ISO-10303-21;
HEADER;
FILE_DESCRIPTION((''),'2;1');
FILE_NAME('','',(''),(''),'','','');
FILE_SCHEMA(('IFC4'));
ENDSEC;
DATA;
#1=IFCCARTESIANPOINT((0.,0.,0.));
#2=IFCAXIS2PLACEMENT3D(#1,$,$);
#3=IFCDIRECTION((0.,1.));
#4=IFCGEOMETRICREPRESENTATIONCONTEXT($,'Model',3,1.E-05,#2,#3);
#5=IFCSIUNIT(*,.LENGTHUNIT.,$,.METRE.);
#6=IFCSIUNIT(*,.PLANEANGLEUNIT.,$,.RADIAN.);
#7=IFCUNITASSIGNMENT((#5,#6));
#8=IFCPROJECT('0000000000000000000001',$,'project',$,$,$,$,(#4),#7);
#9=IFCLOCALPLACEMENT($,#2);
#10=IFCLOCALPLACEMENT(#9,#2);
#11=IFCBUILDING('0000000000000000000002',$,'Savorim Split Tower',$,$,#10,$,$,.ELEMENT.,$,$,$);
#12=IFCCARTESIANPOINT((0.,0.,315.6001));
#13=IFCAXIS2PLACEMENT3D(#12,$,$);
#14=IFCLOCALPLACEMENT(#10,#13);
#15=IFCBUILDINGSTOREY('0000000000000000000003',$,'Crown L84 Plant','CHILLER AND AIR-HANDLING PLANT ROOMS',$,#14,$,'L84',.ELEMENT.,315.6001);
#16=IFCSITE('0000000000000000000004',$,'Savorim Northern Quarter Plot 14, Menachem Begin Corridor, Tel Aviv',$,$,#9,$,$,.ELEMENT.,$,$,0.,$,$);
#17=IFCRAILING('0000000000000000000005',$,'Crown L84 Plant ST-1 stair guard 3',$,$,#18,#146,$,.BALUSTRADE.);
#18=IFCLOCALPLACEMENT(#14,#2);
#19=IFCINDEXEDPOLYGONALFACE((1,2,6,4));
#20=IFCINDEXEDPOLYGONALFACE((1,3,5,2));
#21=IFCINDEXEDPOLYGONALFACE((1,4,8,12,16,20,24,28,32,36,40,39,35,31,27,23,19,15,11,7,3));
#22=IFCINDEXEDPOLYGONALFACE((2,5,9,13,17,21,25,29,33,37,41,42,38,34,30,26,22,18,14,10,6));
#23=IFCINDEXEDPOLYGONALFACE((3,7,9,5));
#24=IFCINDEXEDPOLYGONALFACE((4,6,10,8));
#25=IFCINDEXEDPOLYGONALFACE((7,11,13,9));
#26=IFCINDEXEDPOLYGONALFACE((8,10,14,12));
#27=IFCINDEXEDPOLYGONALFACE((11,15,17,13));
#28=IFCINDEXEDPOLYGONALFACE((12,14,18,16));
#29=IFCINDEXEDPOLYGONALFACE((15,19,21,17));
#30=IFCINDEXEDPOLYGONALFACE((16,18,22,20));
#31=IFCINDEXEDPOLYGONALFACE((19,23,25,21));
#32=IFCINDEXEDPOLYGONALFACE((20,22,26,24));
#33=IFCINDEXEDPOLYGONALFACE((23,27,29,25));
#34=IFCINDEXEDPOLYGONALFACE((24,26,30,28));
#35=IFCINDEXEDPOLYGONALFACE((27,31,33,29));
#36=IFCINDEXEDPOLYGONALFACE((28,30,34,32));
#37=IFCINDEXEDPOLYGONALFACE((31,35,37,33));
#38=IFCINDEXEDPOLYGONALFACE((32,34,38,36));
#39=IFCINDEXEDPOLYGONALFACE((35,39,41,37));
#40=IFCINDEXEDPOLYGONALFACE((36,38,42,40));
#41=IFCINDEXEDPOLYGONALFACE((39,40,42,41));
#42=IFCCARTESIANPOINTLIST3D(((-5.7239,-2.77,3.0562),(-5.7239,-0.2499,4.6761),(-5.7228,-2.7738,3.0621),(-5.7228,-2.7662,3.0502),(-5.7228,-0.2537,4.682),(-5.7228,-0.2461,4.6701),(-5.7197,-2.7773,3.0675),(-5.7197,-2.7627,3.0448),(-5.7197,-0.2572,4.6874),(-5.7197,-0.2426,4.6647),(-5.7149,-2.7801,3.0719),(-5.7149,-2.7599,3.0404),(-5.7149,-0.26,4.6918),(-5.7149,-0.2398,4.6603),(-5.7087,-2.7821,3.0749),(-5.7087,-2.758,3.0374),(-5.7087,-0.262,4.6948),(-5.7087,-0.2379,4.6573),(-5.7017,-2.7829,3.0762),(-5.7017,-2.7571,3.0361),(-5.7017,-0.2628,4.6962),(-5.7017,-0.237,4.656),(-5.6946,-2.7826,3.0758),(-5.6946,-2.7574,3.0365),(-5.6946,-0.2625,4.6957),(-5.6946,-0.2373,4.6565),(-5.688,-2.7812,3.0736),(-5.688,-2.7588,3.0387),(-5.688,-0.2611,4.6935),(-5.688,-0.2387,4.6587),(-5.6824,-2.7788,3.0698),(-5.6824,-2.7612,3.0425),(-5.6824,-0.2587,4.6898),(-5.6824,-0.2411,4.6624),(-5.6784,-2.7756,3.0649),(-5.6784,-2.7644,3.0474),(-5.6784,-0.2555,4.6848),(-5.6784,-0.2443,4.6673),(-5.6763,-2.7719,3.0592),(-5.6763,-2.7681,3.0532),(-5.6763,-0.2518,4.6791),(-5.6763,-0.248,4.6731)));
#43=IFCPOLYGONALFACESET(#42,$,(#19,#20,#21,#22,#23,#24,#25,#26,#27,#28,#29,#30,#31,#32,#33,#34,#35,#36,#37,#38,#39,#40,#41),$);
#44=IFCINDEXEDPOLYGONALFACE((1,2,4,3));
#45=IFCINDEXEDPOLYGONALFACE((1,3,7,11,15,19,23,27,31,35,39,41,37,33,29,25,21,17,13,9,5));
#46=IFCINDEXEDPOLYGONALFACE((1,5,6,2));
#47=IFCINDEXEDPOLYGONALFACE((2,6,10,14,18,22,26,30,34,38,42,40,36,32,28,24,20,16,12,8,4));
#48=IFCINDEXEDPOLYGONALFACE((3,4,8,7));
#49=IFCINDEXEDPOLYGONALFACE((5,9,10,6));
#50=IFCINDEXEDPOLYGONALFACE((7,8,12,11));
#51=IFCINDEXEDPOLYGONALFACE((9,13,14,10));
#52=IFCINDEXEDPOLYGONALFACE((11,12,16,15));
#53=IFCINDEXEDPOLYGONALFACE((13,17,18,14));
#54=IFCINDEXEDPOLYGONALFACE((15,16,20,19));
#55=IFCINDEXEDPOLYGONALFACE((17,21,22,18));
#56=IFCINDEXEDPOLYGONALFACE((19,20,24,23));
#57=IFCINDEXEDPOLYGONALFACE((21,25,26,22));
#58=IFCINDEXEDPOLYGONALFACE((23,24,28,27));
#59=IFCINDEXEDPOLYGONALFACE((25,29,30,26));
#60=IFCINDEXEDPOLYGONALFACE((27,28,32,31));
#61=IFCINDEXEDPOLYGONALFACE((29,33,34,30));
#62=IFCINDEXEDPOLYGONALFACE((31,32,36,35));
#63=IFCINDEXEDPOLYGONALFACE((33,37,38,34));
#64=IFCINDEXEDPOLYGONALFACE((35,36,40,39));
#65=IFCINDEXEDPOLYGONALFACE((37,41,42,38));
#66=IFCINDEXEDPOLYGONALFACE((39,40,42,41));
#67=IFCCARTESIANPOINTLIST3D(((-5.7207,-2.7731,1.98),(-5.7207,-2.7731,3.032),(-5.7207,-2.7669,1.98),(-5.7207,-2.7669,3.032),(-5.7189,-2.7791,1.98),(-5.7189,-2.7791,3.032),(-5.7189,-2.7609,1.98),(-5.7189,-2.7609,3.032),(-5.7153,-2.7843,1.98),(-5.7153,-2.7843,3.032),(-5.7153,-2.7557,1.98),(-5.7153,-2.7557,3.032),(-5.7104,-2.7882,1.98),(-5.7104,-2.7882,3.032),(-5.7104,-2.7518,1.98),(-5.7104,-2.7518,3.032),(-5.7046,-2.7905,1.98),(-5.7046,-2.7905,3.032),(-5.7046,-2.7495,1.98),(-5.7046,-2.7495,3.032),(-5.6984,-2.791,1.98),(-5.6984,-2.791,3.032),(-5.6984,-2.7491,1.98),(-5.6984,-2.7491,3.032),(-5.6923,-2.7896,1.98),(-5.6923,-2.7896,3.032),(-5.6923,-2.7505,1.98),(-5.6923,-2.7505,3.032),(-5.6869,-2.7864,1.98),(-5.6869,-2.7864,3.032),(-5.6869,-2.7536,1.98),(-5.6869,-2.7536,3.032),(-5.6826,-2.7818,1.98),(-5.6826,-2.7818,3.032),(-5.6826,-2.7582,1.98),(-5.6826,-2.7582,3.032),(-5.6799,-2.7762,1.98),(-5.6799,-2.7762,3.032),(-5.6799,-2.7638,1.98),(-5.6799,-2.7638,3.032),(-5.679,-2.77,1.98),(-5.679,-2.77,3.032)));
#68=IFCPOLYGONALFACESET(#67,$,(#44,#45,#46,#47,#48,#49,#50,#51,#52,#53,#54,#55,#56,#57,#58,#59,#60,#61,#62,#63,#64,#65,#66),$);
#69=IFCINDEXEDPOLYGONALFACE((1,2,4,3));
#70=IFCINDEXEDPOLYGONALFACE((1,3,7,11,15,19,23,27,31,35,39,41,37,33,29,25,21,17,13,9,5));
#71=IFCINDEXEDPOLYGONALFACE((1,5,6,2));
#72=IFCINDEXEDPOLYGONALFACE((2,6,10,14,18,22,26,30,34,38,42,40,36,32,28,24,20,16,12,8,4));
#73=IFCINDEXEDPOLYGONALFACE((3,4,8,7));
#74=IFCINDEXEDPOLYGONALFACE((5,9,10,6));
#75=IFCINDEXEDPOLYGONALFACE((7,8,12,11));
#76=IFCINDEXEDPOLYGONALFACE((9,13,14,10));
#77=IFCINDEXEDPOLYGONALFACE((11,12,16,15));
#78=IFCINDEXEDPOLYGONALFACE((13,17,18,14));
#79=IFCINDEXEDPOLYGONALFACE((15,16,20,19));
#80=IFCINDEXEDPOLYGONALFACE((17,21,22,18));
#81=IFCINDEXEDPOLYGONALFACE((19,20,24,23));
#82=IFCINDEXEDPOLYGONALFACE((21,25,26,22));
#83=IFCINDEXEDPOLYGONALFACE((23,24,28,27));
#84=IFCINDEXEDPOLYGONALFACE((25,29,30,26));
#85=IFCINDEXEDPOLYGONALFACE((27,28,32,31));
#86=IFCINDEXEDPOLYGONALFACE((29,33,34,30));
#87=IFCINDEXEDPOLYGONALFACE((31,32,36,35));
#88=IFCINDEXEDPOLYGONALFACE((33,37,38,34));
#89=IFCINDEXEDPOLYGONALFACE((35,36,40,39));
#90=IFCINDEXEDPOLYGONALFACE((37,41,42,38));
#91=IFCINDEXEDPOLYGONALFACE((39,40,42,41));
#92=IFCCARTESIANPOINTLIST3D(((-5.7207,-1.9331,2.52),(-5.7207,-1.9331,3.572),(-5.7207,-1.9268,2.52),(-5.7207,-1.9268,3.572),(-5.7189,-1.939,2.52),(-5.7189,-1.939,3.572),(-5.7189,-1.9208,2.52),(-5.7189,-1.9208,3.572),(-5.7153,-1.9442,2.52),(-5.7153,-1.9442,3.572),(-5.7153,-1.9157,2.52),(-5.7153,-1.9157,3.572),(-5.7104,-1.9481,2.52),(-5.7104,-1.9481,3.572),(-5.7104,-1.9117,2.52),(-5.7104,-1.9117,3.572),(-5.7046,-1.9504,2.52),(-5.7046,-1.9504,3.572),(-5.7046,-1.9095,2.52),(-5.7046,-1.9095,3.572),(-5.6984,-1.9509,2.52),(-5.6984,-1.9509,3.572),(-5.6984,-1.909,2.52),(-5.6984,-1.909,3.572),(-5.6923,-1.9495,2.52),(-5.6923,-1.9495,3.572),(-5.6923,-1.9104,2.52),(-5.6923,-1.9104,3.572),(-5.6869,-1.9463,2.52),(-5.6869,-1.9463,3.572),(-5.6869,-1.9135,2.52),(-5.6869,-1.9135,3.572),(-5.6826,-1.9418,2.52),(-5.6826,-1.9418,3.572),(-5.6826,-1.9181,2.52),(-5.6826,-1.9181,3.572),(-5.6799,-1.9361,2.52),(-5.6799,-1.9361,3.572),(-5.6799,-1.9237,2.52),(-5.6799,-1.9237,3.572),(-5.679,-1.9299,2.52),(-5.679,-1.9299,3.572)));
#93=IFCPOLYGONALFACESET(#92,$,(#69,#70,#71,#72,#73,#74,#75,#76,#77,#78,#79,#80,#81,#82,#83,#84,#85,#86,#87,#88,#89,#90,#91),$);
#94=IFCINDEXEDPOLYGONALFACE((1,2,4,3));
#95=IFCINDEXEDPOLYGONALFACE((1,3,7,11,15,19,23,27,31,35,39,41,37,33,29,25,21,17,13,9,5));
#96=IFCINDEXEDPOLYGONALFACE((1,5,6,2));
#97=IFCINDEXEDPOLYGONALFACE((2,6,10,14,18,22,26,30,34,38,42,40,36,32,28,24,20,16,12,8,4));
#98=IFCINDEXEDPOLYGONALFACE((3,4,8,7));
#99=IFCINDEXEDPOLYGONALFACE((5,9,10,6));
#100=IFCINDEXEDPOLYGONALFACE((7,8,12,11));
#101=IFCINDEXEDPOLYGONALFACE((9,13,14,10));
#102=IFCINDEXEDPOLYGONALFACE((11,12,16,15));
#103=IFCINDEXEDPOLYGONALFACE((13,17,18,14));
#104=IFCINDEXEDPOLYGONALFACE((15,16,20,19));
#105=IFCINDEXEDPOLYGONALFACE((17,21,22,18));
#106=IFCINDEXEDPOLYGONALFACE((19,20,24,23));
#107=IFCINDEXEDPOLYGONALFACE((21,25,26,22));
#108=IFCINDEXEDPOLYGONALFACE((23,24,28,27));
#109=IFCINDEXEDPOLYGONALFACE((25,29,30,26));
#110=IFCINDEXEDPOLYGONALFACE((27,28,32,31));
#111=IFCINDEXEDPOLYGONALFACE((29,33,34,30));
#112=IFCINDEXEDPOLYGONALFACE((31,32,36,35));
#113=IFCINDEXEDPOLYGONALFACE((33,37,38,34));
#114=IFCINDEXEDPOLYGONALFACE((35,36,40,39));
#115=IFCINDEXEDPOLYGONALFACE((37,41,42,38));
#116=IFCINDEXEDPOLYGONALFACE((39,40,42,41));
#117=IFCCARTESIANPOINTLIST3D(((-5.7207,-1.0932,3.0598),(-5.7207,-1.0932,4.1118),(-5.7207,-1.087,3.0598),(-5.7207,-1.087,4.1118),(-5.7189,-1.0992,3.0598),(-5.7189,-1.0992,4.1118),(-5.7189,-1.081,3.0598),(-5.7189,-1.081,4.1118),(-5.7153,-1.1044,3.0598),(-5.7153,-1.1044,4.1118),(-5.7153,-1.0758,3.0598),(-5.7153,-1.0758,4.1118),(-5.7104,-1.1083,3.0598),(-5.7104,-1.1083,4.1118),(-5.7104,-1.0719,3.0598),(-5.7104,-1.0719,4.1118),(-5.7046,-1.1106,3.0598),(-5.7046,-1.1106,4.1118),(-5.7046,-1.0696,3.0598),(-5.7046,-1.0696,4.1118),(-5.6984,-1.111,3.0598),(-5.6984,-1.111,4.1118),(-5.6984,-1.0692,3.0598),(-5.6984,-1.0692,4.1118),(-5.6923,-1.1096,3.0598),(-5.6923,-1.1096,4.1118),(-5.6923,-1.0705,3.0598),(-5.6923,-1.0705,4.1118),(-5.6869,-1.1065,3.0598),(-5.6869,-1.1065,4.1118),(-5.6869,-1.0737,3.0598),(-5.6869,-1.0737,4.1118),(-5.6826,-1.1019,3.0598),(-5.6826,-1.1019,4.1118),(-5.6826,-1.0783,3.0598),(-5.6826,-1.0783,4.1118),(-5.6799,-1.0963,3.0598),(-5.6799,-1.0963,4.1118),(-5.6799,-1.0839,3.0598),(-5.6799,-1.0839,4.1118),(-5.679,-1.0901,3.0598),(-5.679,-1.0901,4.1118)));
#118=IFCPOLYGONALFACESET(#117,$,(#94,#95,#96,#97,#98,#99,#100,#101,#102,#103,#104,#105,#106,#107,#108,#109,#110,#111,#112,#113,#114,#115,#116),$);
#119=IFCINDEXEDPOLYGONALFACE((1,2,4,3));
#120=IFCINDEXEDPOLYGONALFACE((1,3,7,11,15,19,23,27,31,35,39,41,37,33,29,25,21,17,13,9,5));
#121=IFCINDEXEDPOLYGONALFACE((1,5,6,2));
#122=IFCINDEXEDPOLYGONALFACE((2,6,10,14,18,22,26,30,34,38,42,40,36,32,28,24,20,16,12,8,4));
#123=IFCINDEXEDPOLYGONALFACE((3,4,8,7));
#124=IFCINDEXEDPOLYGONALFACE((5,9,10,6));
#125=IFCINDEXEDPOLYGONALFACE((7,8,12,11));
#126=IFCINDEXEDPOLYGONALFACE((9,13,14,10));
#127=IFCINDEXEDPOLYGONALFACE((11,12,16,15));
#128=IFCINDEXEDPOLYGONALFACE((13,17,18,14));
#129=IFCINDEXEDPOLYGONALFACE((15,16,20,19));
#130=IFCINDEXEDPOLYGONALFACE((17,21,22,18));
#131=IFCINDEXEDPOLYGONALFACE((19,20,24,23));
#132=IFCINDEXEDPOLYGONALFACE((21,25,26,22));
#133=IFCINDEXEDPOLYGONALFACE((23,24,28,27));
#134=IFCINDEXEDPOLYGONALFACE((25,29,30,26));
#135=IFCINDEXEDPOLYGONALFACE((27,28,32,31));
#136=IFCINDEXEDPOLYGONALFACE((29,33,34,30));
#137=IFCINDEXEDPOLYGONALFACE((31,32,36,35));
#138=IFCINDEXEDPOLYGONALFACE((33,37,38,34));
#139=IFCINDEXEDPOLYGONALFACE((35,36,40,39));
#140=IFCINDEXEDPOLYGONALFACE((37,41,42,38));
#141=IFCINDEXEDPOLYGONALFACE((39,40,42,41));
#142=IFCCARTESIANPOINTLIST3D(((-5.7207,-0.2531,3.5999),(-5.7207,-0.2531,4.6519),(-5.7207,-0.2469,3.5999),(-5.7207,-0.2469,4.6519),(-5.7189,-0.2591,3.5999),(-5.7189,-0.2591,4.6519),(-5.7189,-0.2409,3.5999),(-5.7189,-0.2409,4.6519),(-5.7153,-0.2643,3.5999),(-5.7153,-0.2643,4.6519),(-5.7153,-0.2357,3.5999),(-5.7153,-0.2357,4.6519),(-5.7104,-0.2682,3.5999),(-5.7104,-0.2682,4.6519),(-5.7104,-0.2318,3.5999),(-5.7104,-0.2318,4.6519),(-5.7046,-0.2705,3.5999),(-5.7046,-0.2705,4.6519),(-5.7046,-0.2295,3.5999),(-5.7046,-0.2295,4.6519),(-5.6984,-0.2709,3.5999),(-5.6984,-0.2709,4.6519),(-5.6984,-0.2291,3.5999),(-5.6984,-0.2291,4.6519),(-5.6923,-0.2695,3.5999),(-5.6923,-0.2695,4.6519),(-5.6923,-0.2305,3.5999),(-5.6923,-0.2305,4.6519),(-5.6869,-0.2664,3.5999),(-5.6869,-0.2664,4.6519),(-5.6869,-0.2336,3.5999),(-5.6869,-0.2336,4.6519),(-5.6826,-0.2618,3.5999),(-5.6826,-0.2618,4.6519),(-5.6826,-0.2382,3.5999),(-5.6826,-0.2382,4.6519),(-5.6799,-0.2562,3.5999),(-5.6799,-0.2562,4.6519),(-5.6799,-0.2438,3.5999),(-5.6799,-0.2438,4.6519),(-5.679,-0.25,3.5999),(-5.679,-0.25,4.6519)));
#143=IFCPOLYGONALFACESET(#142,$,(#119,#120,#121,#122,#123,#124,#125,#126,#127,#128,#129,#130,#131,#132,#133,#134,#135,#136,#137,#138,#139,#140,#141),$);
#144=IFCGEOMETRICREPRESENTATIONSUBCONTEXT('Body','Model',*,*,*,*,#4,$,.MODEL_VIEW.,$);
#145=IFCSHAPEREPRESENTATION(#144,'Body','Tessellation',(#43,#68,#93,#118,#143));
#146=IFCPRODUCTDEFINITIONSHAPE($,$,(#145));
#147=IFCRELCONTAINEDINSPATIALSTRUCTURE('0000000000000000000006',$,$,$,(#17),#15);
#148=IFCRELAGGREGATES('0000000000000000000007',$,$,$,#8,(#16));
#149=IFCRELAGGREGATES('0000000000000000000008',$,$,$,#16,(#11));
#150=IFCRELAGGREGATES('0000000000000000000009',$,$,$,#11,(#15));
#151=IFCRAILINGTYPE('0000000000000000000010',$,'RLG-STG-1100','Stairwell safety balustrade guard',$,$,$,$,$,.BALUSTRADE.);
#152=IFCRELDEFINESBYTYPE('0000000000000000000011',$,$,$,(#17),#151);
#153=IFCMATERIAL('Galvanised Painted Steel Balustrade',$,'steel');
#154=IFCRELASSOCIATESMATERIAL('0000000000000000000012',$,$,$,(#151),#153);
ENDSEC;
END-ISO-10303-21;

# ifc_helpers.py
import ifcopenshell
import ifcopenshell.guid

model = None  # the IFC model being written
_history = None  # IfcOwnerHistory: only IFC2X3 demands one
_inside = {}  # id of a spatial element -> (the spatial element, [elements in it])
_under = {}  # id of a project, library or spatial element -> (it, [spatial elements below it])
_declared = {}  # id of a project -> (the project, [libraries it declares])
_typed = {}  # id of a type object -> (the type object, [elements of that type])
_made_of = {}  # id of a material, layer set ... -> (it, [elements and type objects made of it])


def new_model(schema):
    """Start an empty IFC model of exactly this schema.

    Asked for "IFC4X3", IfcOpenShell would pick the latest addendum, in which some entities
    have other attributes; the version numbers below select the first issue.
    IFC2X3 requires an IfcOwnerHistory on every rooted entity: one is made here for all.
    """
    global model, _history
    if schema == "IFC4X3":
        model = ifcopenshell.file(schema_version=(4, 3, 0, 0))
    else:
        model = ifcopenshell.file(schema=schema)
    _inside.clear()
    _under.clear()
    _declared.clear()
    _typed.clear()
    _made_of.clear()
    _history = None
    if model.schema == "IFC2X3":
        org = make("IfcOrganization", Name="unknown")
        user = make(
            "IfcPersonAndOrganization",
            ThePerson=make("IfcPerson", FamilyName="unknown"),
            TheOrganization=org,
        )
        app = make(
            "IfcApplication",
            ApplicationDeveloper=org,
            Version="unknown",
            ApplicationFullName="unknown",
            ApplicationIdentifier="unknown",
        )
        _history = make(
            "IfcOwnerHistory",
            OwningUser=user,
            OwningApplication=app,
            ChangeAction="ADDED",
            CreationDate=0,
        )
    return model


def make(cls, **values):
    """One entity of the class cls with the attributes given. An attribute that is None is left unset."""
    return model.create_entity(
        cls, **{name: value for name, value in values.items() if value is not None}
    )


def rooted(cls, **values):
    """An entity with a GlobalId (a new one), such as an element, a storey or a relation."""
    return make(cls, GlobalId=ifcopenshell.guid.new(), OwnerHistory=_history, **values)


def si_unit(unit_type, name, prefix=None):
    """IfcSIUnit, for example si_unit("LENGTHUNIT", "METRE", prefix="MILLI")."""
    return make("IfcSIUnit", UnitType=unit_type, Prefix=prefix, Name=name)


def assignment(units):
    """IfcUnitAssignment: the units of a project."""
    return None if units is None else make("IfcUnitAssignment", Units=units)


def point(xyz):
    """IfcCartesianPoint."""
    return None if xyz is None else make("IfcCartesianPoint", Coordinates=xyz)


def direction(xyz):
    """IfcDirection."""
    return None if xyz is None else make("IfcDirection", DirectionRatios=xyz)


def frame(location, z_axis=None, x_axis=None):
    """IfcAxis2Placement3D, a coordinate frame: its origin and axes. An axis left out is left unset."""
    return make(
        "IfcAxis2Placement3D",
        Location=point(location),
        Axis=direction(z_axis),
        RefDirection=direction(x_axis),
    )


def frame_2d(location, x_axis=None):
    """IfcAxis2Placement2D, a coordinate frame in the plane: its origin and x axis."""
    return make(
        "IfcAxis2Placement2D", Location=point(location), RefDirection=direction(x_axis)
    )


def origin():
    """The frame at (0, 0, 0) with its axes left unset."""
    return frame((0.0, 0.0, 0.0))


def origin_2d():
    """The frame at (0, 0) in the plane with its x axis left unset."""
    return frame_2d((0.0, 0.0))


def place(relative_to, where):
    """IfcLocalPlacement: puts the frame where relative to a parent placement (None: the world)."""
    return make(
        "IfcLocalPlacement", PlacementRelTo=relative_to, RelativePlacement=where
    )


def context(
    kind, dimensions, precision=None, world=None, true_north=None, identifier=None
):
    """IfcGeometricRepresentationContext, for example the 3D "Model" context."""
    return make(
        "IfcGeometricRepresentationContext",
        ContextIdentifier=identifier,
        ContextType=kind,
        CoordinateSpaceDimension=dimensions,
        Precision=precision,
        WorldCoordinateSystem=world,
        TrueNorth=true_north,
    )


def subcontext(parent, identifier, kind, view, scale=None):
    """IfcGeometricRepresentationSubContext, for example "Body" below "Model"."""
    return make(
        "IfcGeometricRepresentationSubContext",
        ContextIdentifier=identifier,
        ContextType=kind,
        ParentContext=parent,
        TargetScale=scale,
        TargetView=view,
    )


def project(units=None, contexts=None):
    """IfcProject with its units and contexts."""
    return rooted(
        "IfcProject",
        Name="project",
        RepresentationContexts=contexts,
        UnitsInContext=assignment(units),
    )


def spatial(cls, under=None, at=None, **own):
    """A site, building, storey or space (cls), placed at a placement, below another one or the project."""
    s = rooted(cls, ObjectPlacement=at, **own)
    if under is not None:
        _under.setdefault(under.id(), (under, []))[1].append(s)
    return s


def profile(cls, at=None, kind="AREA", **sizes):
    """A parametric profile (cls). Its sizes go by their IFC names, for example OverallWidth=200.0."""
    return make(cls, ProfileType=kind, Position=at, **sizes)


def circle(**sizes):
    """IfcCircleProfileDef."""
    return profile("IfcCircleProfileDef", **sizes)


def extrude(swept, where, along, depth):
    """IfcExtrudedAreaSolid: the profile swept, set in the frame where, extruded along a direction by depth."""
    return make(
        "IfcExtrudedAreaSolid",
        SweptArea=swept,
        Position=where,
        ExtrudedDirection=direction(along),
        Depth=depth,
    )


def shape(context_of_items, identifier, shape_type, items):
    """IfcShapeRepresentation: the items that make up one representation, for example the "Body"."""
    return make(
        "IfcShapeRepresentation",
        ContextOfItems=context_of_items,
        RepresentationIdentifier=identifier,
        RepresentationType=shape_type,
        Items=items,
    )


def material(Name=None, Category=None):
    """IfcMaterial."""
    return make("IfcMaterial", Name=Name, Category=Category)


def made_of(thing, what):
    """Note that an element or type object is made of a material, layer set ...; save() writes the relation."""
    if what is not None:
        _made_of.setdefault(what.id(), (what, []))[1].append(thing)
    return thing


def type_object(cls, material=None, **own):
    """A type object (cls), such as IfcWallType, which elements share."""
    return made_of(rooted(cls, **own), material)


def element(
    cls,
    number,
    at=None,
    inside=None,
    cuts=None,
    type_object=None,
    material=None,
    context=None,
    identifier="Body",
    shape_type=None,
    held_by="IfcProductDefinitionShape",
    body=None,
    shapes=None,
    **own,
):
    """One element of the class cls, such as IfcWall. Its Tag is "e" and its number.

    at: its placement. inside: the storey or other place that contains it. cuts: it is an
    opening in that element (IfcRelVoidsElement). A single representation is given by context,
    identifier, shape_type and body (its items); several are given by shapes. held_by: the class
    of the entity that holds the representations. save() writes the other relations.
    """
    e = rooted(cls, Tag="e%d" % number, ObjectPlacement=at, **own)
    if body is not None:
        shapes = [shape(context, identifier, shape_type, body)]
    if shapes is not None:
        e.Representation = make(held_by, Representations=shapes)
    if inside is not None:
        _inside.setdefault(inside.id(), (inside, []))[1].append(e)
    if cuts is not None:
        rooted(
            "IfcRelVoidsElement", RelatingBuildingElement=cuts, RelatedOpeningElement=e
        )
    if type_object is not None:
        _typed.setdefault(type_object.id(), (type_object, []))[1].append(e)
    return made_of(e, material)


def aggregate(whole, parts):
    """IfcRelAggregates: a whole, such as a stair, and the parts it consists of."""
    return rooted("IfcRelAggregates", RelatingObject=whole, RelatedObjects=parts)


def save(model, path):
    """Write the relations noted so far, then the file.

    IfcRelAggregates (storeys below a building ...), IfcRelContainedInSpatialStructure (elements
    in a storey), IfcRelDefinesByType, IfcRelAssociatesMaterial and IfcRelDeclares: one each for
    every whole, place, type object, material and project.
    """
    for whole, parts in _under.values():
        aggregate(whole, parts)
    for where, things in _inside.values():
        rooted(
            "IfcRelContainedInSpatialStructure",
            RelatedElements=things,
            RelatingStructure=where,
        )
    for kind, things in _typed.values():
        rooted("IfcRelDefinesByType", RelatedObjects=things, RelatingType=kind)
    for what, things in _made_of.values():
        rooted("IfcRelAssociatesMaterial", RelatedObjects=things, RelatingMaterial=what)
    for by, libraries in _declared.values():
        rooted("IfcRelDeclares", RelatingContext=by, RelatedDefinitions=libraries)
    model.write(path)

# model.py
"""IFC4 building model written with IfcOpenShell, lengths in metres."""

from ifc_helpers import new_model, si_unit, direction, frame, origin, origin_2d, place, context, subcontext, project, spatial, circle, extrude, material, type_object, element, save


model = new_model("IFC4")

# Units and contexts
model_context = context("Model", 3, precision=1e-05, world=origin(), true_north=direction((0.0, 1.0)))
body_context = subcontext(model_context, "Body", "Model", "MODEL_VIEW")
ifc_project = project(units=[si_unit("LENGTHUNIT", "METRE"), si_unit("PLANEANGLEUNIT", "RADIAN")], contexts=[model_context])

# Site, building, storey
site_placement = place(None, origin())
site = spatial("IfcSite", under=ifc_project, at=site_placement, Name="Savorim Northern Quarter Plot 14, Menachem Begin Corridor, Tel Aviv", CompositionType="ELEMENT", RefElevation=0.0)
building_placement = place(site_placement, origin())
building = spatial("IfcBuilding", under=site, at=building_placement, Name="Savorim Split Tower", CompositionType="ELEMENT")
storey_placement = place(building_placement, frame((0.0, 0.0, 315.6001)))
storey = spatial("IfcBuildingStorey", under=building, at=storey_placement, Name="Crown L84 Plant", Description="CHILLER AND AIR-HANDLING PLANT ROOMS", LongName="L84", CompositionType="ELEMENT", Elevation=315.6001)

# Railing
ifc_material_1 = material(Name="Galvanised Painted Steel Balustrade", Category="steel")
railing_type_1 = type_object("IfcRailingType", Name="RLG-STG-1100", Description="Stairwell safety balustrade guard", PredefinedType="BALUSTRADE", material=ifc_material_1)
railing_1_placement = place(storey_placement, frame((-5.7, -2.77, 1.98)))
element("IfcRailing", 1, at=railing_1_placement, inside=storey, type_object=railing_type_1, Name="Crown L84 Plant ST-1 stair guard 3", PredefinedType="BALUSTRADE", context=body_context, shape_type="SweptSolid", body=[
    extrude(circle(Radius=0.0239, at=origin_2d()), frame((0.0, 0.0, 1.0762), z_axis=(0.0, 0.8412, 0.540725), x_axis=(-1.0, 0.0, 0.0)), (0.0, 0.0, 1.0), 2.9958),
    extrude(circle(Radius=0.021, at=origin_2d()), origin(), (0.0, 0.0, 1.0), 1.052),
    extrude(circle(Radius=0.021, at=origin_2d()), frame((0.0, 0.8401, 0.54)), (0.0, 0.0, 1.0), 1.052),
    extrude(circle(Radius=0.021, at=origin_2d()), frame((0.0, 1.6799, 1.0798)), (0.0, 0.0, 1.0), 1.052),
    extrude(circle(Radius=0.021, at=origin_2d()), frame((0.0, 2.52, 1.6199)), (0.0, 0.0, 1.0), 1.052),
])

save(model, "model.ifc")
